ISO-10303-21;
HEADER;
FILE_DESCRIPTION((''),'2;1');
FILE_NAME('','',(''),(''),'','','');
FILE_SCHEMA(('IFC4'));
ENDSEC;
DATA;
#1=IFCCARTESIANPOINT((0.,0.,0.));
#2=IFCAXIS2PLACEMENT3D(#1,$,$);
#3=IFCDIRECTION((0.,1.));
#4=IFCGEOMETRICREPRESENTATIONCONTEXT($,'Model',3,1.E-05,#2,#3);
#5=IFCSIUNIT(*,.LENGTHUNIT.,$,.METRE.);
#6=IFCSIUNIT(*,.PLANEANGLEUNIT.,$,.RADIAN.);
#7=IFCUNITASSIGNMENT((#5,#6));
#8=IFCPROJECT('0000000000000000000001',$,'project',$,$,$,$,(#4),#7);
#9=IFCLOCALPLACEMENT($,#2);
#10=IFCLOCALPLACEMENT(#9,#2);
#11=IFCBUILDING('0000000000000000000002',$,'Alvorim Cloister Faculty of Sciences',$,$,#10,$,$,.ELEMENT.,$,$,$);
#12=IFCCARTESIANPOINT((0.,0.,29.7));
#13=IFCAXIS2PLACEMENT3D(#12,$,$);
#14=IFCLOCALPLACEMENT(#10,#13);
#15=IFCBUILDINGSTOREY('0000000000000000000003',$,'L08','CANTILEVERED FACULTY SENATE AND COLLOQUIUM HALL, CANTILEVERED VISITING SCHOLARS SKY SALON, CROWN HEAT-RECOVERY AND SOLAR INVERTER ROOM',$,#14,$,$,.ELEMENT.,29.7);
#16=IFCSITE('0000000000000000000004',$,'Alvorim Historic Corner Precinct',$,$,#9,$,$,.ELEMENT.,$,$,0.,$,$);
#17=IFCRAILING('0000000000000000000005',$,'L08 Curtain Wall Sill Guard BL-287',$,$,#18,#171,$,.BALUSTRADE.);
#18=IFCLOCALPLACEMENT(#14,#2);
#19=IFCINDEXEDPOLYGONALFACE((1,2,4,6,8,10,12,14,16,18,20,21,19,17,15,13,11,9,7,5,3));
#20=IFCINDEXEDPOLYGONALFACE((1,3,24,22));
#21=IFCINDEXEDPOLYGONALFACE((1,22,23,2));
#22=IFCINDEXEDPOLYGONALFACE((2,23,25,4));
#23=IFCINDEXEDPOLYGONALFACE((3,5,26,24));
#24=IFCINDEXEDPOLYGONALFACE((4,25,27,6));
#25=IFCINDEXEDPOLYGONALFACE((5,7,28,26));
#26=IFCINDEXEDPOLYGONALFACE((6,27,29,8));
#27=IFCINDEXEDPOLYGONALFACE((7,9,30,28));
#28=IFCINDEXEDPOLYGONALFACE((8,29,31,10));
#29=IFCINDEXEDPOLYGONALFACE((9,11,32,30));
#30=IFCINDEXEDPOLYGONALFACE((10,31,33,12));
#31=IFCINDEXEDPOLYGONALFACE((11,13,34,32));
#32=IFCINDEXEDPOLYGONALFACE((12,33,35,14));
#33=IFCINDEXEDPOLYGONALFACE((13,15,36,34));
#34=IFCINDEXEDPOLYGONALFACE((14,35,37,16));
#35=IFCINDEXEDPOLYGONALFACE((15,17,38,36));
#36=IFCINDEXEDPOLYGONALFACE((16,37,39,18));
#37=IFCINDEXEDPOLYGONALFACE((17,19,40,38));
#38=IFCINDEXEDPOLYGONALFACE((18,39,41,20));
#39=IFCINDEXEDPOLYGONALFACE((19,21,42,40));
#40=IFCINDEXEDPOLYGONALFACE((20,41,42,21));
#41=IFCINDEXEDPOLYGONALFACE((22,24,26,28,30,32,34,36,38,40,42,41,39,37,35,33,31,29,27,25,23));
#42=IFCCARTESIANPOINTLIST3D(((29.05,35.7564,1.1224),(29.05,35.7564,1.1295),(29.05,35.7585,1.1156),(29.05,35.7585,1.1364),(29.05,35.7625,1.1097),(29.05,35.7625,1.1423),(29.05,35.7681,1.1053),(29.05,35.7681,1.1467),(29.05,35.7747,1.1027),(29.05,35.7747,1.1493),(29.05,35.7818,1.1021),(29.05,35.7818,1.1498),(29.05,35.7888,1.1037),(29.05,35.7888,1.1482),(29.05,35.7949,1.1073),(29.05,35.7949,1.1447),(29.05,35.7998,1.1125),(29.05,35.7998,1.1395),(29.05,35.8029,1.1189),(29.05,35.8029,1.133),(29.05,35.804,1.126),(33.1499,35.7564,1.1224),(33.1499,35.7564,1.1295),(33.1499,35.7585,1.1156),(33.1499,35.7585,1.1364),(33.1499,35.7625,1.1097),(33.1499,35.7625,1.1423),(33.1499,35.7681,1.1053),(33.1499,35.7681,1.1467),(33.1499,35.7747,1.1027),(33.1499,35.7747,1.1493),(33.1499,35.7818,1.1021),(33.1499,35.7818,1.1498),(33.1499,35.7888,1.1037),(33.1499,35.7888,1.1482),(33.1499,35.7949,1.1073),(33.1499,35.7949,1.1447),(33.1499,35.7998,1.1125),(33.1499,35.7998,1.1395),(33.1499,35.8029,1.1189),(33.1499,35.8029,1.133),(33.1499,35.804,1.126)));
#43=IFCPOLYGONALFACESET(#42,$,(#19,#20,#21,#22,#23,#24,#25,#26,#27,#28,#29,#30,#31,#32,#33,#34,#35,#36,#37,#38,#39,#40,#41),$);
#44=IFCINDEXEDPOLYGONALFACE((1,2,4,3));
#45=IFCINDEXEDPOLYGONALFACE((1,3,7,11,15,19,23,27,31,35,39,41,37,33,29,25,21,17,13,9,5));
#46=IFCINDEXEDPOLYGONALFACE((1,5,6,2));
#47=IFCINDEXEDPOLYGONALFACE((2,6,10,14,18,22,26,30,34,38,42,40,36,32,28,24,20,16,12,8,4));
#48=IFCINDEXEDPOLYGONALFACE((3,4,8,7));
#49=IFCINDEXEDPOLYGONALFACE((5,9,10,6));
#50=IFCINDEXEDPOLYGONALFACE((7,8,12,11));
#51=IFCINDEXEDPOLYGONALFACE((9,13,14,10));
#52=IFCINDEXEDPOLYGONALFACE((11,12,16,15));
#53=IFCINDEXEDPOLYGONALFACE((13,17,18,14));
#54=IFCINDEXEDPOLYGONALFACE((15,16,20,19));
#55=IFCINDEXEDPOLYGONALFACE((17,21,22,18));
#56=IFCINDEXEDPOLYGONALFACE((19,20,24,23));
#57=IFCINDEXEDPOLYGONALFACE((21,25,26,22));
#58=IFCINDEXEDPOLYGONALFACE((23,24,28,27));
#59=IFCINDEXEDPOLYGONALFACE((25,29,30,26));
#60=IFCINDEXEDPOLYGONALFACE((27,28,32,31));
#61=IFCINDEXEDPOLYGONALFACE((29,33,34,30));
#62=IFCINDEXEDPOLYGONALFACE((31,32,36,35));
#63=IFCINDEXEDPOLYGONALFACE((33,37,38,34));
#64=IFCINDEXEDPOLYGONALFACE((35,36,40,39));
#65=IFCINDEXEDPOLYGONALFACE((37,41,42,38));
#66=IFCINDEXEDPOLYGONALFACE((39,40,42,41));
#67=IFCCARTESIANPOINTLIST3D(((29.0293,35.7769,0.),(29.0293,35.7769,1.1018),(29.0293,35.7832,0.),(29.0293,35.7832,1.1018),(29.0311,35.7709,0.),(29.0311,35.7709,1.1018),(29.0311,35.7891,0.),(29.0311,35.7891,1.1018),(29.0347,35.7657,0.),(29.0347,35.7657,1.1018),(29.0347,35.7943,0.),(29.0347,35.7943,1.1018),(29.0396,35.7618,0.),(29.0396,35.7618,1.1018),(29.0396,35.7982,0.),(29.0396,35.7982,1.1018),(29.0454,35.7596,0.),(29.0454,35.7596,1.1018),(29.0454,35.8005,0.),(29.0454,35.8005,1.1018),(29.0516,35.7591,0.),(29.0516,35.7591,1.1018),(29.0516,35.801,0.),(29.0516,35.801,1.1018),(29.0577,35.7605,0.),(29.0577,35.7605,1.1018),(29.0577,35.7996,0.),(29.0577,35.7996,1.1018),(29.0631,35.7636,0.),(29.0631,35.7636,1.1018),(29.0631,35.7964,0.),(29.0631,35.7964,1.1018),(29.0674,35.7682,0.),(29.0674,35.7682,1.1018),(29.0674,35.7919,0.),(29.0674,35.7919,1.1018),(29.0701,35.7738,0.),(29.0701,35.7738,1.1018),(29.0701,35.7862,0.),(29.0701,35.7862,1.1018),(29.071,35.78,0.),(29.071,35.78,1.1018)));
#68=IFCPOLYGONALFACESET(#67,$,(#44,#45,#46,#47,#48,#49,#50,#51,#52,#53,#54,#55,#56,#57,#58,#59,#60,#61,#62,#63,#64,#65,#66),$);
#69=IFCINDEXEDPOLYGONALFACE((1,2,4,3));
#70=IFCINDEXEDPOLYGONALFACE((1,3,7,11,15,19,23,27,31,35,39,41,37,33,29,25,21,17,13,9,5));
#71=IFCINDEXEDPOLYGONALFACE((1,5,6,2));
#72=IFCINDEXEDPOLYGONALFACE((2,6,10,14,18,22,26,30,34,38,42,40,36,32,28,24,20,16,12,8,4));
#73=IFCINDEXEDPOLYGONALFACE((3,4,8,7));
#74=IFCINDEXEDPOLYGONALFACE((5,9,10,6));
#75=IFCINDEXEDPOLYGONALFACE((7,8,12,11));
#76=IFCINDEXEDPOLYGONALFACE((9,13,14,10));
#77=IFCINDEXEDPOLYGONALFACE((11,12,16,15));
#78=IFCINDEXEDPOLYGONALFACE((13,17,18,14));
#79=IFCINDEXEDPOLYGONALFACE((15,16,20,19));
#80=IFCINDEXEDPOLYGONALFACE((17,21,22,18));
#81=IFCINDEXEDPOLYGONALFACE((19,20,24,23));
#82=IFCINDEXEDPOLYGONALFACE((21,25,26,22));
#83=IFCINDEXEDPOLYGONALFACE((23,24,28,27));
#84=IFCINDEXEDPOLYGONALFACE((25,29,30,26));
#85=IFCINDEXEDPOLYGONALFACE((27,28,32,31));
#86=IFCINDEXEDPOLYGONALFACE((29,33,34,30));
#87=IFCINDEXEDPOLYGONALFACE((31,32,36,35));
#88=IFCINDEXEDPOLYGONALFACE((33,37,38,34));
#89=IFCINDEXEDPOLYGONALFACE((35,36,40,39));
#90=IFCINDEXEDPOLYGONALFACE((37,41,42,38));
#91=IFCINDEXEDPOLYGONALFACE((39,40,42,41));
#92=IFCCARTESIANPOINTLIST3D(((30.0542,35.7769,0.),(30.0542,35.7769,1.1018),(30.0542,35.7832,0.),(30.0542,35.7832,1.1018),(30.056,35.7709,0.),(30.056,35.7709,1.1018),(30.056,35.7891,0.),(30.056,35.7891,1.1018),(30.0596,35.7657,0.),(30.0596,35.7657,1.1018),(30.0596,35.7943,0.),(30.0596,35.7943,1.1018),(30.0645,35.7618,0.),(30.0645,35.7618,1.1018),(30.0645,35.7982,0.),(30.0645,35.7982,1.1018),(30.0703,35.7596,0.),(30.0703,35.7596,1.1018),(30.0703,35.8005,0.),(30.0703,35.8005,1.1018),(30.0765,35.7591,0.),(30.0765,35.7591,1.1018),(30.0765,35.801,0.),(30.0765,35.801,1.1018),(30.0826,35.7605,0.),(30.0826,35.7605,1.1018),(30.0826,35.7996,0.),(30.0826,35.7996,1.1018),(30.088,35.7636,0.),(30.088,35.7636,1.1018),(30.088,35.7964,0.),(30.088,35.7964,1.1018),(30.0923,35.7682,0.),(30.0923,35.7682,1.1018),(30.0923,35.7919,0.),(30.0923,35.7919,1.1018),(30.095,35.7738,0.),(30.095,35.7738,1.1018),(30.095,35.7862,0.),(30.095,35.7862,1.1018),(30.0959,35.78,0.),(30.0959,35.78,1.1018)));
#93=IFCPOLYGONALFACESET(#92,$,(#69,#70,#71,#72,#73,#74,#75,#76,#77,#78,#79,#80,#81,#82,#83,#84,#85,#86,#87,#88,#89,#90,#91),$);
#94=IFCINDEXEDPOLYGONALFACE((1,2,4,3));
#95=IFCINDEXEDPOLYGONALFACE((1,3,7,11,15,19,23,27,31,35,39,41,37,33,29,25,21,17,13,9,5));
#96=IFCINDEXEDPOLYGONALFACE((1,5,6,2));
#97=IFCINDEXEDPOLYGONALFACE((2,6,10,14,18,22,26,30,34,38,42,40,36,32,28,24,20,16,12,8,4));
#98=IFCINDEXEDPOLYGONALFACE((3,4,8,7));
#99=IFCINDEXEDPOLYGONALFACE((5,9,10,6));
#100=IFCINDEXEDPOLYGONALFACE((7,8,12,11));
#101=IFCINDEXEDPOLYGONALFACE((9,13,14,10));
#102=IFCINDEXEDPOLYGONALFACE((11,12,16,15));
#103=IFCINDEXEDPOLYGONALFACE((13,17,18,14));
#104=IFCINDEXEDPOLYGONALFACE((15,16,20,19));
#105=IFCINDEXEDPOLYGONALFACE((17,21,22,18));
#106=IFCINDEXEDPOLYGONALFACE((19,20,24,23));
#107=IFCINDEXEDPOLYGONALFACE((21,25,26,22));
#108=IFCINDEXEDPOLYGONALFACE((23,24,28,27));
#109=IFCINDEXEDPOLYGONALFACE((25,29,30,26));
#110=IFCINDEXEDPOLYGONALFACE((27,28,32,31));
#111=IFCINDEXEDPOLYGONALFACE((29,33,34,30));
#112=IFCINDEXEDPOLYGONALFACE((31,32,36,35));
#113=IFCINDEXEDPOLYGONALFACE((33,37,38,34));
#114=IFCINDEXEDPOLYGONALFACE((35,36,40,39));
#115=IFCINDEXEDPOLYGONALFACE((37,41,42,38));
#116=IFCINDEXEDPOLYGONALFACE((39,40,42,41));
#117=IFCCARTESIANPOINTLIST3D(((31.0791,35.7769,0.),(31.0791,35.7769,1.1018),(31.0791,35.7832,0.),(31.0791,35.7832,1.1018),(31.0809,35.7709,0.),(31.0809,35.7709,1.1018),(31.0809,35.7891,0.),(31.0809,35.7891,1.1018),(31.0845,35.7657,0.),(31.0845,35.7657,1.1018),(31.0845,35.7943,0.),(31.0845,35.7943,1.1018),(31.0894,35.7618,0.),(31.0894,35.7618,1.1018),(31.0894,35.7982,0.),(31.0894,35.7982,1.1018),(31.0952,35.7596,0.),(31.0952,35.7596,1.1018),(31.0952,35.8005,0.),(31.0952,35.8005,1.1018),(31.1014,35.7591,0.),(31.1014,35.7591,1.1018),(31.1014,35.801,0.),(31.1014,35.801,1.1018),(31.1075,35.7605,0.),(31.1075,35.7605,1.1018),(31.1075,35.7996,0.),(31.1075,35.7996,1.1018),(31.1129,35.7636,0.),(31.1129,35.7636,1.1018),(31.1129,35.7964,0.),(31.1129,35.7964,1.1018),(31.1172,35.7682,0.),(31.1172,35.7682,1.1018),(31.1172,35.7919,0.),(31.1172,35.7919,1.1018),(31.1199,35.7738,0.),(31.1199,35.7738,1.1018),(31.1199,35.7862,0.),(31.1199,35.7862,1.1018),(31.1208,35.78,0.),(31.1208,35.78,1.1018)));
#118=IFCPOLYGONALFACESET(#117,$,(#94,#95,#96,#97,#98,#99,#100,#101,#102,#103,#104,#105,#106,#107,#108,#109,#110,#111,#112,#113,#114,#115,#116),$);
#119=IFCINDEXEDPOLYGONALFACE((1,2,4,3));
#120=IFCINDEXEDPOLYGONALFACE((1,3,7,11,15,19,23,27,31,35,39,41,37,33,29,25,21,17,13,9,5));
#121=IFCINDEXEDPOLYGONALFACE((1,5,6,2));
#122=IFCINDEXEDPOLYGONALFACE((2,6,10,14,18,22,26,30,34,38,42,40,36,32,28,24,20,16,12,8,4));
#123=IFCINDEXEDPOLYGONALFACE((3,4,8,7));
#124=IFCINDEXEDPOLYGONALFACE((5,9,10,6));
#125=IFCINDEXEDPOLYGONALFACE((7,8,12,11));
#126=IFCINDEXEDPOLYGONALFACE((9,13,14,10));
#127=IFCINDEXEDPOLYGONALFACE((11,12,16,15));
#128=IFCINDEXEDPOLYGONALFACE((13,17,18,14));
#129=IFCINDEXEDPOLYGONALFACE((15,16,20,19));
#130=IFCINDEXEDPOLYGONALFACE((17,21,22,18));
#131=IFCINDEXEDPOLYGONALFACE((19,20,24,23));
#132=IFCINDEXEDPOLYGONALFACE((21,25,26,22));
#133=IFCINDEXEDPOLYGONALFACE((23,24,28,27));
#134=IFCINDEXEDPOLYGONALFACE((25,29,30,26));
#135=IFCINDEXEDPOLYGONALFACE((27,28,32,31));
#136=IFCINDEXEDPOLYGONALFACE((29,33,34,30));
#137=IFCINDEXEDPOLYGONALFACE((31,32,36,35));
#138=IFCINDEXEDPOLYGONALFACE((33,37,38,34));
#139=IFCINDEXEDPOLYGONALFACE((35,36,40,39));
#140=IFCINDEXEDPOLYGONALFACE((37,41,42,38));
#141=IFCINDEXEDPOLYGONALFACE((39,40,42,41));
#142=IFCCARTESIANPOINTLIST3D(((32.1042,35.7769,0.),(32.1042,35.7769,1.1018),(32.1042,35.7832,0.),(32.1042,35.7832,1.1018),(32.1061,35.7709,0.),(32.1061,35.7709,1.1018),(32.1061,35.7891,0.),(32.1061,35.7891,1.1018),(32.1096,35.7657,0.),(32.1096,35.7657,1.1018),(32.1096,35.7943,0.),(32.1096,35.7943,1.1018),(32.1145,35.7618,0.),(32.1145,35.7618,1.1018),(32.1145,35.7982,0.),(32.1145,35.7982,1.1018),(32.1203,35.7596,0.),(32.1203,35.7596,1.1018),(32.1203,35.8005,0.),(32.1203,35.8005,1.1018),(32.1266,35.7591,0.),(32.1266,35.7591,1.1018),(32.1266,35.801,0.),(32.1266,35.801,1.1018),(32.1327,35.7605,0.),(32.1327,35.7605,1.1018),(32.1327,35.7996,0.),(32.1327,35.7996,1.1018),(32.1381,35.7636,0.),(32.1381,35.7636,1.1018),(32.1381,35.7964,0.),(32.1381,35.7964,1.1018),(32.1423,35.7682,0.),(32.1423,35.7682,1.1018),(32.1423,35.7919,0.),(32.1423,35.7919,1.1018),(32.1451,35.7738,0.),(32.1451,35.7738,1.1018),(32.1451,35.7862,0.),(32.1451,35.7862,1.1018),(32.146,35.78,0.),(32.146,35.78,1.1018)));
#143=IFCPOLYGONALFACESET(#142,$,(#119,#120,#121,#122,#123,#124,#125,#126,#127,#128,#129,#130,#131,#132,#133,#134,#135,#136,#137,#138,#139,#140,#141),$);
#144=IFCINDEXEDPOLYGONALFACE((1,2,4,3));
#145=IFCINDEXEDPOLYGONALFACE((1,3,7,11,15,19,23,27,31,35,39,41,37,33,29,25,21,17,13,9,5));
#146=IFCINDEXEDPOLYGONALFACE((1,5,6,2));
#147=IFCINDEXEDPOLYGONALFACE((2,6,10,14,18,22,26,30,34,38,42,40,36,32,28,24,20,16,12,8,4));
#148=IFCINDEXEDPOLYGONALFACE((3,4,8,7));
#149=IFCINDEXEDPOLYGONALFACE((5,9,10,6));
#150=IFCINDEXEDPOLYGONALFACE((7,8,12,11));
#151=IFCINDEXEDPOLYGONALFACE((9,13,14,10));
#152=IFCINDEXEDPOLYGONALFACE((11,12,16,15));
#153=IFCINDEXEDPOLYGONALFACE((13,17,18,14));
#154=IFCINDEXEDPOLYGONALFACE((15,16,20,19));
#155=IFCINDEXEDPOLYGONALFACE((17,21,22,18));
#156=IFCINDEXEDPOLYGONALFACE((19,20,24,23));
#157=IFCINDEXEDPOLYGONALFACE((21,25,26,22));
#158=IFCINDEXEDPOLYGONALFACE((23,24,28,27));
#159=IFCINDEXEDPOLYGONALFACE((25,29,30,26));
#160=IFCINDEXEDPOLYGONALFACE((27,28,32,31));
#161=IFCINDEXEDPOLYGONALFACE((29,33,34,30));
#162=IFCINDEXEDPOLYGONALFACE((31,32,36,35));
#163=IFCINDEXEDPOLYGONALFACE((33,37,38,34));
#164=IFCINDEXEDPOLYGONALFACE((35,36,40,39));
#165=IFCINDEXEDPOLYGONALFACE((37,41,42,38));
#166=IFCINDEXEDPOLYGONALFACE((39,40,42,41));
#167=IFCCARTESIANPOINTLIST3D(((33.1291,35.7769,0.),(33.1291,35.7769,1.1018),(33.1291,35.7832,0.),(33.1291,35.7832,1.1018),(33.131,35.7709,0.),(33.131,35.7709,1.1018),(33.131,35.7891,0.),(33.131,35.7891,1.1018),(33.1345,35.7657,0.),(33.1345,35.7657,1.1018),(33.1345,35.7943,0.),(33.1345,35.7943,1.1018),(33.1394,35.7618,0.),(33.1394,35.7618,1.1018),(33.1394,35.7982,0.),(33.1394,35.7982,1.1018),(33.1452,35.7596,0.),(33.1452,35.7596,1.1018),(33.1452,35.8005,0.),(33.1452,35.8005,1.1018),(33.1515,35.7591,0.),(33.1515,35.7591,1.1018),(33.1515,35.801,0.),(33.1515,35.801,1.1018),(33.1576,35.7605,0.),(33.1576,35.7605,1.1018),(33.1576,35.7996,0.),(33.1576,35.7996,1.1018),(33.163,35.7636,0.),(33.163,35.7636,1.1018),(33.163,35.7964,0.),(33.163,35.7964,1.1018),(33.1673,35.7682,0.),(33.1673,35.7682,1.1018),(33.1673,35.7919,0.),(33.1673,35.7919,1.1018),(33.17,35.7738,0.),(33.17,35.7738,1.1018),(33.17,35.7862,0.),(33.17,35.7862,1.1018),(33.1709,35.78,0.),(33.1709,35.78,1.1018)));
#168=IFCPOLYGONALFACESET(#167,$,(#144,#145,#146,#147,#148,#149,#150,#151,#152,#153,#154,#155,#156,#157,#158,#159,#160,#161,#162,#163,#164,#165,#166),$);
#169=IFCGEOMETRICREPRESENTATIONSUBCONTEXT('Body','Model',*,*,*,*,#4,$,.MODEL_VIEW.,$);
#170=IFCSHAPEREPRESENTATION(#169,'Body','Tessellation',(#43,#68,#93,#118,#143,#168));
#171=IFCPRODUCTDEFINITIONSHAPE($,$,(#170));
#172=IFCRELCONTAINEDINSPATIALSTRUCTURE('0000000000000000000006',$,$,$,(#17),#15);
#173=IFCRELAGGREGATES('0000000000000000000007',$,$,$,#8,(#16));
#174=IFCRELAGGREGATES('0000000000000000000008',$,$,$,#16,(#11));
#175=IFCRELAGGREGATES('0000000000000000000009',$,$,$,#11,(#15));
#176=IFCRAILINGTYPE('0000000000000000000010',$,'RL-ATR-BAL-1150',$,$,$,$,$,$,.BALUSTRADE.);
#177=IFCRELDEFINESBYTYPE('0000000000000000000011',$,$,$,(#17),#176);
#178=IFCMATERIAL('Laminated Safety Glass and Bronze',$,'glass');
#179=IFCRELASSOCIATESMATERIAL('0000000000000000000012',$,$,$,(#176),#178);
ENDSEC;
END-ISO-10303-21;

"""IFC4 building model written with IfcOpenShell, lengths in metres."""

from ifc_helpers import new_model, si_unit, direction, frame, origin, origin_2d, place, context, subcontext, project, spatial, circle, extrude, material, type_object, element, save


model = new_model("IFC4")

# Units and contexts
model_context = context("Model", 3, precision=1e-05, world=origin(), true_north=direction((0.0, 1.0)))
body_context = subcontext(model_context, "Body", "Model", "MODEL_VIEW")
ifc_project = project(units=[si_unit("LENGTHUNIT", "METRE"), si_unit("PLANEANGLEUNIT", "RADIAN")], contexts=[model_context])

# Site, building, storey
site_placement = place(None, origin())
site = spatial("IfcSite", under=ifc_project, at=site_placement, Name="Alvorim Historic Corner Precinct", CompositionType="ELEMENT", RefElevation=0.0)
building_placement = place(site_placement, origin())
building = spatial("IfcBuilding", under=site, at=building_placement, Name="Alvorim Cloister Faculty of Sciences", CompositionType="ELEMENT")
storey_placement = place(building_placement, frame((0.0, 0.0, 29.7)))
storey = spatial("IfcBuildingStorey", under=building, at=storey_placement, Name="L08", Description="CANTILEVERED FACULTY SENATE AND COLLOQUIUM HALL, CANTILEVERED VISITING SCHOLARS SKY SALON, CROWN HEAT-RECOVERY AND SOLAR INVERTER ROOM", CompositionType="ELEMENT", Elevation=29.7)

# Railing
ifc_material_1 = material(Name="Laminated Safety Glass and Bronze", Category="glass")
railing_type = type_object("IfcRailingType", Name="RL-ATR-BAL-1150", PredefinedType="BALUSTRADE", material=ifc_material_1)
railing_1_placement = place(storey_placement, frame((29.05, 35.78, 0.0)))
element("IfcRailing", 1, at=railing_1_placement, inside=storey, type_object=railing_type, Name="L08 Curtain Wall Sill Guard BL-287", PredefinedType="BALUSTRADE", context=body_context, shape_type="SweptSolid", body=[
    extrude(circle(Radius=0.0239, at=origin_2d()), frame((0.0, 0.0, 1.126), z_axis=(1.0, 0.0, 0.0), x_axis=(0.0, 1.0, 0.0)), (0.0, 0.0, 1.0), 4.0999),
    extrude(circle(Radius=0.021, at=origin_2d()), origin(), (0.0, 0.0, 1.0), 1.1018),
    extrude(circle(Radius=0.021, at=origin_2d()), frame((1.0249, 0.0, 0.0)), (0.0, 0.0, 1.0), 1.1018),
    extrude(circle(Radius=0.021, at=origin_2d()), frame((2.0498, 0.0, 0.0)), (0.0, 0.0, 1.0), 1.1018),
    extrude(circle(Radius=0.021, at=origin_2d()), frame((3.075, 0.0, 0.0)), (0.0, 0.0, 1.0), 1.1018),
    extrude(circle(Radius=0.021, at=origin_2d()), frame((4.0999, 0.0, 0.0)), (0.0, 0.0, 1.0), 1.1018),
])

save(model, "model.ifc")
